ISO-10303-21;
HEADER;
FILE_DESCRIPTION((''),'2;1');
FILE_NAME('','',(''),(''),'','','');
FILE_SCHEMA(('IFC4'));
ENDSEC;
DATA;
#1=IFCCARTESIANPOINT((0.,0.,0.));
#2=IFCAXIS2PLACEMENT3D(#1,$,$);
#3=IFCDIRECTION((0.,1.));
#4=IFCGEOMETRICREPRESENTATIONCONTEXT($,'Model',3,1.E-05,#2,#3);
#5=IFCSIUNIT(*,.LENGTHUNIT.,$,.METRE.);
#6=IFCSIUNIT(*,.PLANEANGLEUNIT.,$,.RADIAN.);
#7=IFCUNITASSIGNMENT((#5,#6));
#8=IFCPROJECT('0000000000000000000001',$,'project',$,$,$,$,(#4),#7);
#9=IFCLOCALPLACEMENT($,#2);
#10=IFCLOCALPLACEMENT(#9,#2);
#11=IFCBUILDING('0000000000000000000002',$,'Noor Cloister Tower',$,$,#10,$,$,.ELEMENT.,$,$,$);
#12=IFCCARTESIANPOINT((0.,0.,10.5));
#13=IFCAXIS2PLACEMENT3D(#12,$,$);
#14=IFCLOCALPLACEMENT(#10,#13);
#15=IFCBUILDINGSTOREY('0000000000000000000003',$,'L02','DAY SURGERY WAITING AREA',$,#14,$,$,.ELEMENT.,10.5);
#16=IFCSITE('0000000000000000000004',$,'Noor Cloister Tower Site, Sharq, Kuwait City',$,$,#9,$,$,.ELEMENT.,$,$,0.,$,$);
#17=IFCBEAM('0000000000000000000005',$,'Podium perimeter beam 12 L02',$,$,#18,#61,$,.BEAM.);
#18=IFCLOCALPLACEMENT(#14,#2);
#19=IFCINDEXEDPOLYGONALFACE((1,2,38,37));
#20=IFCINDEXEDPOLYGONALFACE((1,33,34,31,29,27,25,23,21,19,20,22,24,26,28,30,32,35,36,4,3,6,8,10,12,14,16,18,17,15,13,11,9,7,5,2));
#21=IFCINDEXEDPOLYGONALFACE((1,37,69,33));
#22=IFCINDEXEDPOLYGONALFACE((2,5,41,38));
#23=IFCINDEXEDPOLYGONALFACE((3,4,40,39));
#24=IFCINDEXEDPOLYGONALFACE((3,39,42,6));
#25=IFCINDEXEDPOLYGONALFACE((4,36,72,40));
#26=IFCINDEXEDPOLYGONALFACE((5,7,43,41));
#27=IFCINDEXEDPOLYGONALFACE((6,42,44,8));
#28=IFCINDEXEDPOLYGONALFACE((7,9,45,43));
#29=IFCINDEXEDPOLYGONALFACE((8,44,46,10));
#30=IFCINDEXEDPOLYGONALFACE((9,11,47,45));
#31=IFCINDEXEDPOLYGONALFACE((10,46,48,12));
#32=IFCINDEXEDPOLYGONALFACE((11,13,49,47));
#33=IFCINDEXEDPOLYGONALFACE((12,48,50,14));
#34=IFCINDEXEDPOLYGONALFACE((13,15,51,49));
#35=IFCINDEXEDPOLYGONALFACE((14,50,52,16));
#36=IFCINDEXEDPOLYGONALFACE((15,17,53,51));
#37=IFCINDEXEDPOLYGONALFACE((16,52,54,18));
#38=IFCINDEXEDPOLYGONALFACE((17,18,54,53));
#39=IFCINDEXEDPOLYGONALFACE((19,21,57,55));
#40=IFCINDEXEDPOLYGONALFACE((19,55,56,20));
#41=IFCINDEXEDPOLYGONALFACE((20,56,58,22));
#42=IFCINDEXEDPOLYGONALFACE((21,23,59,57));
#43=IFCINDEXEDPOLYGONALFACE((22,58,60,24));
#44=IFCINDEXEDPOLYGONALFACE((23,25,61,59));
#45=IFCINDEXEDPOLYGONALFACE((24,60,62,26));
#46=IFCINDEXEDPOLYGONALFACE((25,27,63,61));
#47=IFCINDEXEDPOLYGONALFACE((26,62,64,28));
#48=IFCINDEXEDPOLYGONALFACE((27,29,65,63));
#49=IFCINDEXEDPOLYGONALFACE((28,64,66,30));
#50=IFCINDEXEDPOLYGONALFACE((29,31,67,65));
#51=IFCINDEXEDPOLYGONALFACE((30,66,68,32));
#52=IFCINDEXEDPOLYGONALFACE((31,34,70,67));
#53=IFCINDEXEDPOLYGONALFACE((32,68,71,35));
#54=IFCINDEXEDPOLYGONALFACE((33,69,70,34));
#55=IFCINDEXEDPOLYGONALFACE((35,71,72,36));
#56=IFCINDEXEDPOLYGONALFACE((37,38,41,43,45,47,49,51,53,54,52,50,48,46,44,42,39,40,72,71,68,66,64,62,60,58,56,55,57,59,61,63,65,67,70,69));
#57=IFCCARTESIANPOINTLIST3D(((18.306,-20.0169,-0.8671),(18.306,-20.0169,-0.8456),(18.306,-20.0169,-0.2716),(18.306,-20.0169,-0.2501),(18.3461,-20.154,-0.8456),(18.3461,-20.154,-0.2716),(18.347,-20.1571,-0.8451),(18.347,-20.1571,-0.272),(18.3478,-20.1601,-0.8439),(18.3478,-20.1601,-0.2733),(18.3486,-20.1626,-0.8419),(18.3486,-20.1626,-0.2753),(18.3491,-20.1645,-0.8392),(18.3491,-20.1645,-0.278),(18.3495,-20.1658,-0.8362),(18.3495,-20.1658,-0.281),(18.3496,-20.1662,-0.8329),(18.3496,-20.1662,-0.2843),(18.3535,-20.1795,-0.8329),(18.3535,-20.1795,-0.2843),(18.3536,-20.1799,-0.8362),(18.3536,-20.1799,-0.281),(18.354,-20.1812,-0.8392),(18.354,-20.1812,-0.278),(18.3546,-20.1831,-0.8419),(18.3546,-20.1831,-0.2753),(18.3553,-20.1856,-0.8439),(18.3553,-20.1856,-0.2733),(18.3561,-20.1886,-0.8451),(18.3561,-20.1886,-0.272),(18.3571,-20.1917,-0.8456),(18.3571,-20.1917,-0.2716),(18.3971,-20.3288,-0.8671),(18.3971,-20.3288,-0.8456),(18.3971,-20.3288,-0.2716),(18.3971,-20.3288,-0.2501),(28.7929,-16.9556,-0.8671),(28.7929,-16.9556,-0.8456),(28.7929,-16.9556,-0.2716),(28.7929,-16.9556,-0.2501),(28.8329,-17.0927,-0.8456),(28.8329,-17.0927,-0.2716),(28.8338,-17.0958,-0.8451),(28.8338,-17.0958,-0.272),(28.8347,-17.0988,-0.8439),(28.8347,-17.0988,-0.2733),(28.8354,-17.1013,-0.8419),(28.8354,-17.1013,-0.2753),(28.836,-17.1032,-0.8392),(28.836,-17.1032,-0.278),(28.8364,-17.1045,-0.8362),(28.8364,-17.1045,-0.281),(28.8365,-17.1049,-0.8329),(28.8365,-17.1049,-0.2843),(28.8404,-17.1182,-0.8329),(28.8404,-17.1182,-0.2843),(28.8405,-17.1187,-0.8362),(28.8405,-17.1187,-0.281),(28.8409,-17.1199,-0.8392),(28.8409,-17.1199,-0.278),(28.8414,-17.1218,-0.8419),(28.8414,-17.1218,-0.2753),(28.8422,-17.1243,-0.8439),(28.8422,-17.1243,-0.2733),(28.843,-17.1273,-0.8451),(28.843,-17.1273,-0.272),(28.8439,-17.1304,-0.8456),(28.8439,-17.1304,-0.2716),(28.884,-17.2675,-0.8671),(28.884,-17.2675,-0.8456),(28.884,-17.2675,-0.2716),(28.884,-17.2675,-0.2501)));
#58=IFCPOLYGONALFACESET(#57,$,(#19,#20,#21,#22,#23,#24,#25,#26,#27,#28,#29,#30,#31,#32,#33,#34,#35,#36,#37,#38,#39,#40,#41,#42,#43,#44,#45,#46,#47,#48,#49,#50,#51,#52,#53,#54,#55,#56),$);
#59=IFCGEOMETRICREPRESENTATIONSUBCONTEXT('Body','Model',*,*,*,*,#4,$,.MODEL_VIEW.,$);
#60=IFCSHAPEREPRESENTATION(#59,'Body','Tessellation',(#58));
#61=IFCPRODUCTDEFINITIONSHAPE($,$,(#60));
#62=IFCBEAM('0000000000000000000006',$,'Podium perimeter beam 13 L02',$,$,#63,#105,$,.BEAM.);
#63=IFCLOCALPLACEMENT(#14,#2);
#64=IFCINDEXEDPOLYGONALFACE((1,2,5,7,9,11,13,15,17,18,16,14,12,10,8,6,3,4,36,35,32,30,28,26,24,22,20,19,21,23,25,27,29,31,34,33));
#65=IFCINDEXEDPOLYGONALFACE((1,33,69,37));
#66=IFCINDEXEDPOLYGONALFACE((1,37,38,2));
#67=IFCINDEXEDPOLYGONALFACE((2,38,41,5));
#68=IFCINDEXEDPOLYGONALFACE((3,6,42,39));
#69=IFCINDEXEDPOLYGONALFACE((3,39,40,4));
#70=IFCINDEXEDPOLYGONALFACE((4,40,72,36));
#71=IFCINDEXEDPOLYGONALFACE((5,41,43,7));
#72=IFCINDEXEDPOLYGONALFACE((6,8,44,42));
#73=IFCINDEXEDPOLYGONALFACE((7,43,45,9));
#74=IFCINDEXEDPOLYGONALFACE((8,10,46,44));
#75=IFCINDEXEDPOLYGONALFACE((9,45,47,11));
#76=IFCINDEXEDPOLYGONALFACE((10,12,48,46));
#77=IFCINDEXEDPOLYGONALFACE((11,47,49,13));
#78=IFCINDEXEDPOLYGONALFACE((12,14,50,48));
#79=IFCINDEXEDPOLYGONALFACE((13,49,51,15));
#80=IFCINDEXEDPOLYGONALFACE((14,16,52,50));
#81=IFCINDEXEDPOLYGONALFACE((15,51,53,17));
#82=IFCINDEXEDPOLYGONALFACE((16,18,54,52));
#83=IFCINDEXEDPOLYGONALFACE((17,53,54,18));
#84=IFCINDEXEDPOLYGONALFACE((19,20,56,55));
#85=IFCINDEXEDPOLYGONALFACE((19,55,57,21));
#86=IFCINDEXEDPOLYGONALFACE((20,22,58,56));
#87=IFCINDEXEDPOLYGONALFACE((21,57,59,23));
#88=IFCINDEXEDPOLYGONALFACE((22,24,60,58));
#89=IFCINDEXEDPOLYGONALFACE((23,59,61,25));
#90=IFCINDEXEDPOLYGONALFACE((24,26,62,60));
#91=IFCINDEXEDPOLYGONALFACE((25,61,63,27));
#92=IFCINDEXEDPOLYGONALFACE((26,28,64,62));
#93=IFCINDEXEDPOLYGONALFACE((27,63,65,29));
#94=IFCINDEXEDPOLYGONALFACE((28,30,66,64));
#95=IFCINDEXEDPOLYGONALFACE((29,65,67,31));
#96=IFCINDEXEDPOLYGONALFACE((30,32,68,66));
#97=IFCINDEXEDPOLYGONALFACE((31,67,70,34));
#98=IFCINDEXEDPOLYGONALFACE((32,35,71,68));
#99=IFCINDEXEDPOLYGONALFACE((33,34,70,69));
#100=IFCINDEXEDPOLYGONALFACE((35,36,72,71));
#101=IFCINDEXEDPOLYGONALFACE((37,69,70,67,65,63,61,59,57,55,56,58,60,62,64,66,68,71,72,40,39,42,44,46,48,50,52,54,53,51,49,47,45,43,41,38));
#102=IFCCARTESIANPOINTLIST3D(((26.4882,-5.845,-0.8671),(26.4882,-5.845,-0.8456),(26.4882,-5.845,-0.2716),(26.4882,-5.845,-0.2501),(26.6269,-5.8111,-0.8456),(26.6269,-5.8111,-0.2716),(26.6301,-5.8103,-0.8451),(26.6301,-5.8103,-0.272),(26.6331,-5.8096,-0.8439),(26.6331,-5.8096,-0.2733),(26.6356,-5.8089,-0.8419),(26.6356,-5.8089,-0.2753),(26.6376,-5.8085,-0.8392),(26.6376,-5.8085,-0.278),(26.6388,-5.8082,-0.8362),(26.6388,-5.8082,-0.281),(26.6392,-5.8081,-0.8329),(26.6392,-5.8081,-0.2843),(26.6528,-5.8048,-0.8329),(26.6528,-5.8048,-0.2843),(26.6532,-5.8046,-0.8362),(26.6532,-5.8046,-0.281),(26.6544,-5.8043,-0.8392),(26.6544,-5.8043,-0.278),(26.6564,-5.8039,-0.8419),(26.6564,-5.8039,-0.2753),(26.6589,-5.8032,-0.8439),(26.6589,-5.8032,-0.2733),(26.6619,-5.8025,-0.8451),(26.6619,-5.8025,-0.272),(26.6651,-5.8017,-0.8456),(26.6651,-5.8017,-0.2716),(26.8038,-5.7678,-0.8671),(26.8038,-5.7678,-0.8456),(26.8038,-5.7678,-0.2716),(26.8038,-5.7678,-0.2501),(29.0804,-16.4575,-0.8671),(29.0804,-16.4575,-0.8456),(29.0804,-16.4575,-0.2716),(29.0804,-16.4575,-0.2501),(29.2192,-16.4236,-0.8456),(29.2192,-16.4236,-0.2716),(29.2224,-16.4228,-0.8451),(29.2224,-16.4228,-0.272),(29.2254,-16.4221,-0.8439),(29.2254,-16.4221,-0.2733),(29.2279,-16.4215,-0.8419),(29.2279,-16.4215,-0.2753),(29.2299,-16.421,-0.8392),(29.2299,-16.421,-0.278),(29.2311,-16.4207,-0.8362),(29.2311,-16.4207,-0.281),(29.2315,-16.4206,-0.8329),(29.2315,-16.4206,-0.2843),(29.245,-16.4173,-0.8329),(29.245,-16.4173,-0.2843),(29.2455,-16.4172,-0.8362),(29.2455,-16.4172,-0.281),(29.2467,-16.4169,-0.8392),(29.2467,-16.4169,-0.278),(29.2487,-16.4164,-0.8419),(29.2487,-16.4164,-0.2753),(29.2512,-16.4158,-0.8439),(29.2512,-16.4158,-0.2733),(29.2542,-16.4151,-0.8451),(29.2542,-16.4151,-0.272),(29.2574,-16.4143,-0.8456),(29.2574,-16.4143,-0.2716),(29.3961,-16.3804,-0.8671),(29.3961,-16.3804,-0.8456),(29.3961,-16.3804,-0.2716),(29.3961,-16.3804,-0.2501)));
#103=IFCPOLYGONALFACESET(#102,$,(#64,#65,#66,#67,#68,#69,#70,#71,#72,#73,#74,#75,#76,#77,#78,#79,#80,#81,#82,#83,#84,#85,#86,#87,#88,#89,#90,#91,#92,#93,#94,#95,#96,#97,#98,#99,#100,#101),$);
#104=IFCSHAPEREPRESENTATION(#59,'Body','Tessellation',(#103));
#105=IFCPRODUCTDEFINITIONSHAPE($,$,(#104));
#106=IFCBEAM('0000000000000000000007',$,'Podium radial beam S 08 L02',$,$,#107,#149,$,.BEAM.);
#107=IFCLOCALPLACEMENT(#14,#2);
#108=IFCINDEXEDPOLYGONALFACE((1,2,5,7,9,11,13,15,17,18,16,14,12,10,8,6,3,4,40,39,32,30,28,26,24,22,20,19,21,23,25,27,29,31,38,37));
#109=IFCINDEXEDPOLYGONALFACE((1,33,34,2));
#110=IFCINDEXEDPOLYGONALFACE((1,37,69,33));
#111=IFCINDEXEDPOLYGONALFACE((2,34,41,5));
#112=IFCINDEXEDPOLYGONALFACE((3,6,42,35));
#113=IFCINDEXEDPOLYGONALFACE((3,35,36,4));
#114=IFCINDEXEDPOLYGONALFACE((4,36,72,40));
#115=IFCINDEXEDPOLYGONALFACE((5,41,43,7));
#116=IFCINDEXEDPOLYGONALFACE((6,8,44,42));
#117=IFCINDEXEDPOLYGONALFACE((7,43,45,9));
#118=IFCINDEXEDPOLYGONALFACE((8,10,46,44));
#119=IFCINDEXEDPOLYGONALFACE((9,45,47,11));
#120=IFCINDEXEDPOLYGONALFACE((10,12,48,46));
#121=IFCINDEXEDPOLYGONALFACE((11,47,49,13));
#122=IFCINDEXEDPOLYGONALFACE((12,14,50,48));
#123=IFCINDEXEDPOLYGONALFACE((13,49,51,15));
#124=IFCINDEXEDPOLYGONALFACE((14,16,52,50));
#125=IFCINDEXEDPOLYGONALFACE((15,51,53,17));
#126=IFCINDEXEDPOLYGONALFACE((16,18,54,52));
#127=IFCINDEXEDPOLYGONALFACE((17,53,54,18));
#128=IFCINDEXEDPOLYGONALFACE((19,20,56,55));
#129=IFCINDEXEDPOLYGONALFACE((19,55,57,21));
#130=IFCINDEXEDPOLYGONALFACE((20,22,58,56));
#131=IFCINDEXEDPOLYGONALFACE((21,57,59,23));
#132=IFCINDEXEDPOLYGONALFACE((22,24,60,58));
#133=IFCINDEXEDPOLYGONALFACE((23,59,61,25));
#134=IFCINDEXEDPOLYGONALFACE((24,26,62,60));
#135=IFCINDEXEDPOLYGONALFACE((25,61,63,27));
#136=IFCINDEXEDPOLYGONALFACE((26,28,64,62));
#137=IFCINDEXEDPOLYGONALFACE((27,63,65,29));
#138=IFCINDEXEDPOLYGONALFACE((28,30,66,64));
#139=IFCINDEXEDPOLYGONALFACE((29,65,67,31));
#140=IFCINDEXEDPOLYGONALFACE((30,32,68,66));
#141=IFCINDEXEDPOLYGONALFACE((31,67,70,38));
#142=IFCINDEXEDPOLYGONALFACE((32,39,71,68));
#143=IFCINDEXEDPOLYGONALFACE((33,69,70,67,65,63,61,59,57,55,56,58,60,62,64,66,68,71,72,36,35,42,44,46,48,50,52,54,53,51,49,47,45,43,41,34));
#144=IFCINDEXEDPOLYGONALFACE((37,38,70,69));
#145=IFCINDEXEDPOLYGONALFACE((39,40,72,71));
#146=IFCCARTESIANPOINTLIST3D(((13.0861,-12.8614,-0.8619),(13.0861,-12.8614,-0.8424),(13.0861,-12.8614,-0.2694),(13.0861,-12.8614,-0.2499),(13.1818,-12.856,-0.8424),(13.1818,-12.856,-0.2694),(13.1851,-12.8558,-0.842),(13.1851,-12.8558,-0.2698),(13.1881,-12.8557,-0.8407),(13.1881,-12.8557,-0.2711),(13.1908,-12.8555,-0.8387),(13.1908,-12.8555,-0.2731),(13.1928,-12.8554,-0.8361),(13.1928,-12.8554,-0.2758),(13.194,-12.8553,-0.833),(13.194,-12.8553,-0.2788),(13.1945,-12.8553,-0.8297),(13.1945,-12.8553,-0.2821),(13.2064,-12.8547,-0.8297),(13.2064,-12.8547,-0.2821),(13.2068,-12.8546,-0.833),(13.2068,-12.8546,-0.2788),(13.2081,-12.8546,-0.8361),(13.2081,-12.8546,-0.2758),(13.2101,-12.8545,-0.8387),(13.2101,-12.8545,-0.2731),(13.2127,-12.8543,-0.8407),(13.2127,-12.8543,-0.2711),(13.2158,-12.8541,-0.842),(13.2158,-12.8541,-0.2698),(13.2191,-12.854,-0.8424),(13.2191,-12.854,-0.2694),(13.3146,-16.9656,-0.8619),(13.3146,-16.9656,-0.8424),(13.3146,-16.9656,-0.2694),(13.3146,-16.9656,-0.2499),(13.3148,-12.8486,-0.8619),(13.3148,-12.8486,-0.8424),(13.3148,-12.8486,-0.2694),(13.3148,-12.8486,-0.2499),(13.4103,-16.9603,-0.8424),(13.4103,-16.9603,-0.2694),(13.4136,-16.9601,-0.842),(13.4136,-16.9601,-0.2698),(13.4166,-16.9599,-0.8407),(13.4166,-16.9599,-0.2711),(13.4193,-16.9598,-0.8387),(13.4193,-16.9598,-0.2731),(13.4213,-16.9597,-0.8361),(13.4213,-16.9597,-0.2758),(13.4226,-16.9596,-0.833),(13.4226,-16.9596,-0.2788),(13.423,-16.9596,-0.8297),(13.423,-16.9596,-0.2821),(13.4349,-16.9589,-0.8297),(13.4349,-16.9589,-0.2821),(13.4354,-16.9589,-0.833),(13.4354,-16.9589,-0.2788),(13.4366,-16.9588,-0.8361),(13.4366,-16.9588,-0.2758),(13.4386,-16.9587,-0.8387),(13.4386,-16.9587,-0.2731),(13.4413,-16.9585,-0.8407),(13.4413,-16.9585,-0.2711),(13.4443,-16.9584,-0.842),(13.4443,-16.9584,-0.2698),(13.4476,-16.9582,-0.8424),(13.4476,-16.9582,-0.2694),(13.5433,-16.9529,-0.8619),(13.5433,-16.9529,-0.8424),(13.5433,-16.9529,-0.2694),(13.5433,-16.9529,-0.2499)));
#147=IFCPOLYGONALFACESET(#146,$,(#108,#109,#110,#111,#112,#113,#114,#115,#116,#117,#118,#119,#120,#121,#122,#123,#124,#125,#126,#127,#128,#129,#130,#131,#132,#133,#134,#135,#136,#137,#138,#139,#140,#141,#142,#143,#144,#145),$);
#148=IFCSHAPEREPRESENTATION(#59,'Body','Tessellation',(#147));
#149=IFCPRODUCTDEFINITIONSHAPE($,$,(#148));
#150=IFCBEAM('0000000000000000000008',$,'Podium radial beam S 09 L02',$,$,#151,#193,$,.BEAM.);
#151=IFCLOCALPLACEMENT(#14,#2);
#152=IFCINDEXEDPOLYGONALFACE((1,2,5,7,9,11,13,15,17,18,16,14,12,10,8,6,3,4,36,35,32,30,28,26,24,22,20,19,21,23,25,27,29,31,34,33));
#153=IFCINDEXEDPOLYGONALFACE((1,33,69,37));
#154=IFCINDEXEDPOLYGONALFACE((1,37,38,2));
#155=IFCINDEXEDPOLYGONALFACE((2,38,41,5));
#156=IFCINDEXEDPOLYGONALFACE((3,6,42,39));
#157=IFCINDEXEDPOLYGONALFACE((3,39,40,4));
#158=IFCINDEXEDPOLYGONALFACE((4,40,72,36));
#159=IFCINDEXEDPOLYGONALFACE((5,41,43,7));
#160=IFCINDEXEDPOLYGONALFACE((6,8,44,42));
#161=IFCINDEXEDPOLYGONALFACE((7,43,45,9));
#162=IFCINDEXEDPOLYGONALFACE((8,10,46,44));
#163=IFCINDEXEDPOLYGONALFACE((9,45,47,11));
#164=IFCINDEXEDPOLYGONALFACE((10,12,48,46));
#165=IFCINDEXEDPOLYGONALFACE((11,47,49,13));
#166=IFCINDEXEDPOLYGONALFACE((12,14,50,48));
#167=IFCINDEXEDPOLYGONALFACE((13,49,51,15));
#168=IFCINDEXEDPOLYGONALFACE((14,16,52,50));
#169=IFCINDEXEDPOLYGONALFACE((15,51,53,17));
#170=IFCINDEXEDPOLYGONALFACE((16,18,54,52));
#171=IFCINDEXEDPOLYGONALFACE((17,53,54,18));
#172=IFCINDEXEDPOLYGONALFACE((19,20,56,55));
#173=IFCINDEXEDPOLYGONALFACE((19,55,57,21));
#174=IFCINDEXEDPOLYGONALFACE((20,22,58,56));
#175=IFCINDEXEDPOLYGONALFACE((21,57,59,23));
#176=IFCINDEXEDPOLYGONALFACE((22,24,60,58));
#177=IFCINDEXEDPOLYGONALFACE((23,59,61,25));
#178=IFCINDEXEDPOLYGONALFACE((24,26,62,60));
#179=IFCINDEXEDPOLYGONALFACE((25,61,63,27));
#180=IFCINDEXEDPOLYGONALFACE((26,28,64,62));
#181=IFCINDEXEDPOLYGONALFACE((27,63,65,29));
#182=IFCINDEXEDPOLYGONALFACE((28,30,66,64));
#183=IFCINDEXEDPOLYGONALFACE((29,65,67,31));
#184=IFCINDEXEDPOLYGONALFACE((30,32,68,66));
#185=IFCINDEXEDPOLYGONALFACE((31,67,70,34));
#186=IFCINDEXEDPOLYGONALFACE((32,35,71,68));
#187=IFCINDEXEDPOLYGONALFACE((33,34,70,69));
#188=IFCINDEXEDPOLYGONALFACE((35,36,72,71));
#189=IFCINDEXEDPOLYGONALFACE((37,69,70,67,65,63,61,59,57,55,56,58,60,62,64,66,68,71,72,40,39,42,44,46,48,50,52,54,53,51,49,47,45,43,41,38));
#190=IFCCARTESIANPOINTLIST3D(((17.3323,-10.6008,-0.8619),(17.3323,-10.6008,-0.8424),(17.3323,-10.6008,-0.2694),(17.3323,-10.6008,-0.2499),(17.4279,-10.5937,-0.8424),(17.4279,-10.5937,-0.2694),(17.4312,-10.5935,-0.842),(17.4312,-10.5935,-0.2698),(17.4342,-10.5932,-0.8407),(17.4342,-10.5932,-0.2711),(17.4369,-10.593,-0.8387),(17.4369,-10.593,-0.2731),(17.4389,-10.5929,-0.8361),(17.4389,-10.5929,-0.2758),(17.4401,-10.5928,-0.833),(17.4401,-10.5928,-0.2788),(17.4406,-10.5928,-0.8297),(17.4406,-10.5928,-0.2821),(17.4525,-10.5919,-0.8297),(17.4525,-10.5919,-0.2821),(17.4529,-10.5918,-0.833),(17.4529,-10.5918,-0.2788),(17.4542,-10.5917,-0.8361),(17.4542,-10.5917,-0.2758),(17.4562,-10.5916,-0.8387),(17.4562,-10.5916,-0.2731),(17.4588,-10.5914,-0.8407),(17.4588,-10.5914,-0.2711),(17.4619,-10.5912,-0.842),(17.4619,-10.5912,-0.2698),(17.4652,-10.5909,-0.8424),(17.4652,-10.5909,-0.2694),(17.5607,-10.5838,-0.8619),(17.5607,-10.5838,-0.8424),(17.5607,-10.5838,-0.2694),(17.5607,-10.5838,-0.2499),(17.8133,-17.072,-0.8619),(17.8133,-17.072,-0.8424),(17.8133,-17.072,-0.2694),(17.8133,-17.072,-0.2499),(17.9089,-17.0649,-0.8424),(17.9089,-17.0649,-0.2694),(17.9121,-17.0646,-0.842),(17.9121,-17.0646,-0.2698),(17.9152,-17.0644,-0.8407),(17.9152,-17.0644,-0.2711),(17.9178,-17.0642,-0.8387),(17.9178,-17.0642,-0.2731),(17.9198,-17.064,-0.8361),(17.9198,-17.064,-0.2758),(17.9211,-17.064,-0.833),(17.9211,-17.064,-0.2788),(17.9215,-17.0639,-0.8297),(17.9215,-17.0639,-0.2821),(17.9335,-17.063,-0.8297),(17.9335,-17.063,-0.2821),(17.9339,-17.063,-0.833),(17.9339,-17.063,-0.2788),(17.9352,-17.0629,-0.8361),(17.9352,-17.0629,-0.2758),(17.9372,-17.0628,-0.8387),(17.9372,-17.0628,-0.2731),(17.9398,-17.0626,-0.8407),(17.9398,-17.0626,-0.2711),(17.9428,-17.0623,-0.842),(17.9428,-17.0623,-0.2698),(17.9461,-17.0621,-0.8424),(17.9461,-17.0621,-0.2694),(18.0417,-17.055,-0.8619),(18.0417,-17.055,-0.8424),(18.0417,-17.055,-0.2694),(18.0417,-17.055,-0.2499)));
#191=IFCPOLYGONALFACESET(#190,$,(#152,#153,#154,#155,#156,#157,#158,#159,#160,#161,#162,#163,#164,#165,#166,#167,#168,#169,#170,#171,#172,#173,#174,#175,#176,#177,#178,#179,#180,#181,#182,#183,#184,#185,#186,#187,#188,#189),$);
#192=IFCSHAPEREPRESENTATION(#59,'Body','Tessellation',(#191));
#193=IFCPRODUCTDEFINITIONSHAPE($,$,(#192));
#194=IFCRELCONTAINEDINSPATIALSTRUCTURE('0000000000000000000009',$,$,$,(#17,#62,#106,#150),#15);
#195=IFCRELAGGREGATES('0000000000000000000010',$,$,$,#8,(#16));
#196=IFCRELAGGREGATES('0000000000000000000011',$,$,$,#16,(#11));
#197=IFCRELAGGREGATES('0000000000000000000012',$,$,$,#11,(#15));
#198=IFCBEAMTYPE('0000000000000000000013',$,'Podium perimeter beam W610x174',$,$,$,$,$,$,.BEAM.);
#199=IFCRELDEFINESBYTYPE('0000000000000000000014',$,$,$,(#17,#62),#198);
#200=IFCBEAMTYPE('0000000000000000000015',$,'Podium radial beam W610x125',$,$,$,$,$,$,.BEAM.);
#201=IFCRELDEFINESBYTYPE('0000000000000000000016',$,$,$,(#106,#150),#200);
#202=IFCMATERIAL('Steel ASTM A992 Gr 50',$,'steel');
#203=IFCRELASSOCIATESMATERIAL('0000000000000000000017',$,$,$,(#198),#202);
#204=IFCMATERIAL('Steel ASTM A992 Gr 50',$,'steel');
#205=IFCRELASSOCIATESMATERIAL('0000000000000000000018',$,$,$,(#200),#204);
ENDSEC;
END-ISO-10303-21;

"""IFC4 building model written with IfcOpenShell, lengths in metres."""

from ifc_helpers import new_model, si_unit, direction, frame, origin, origin_2d, place, context, subcontext, project, spatial, i_section, extrude, material, material_profile, profile_set, type_object, element, save


model = new_model("IFC4")

# Units and contexts
model_context = context("Model", 3, precision=1e-05, world=origin(), true_north=direction((0.0, 1.0)))
body_context = subcontext(model_context, "Body", "Model", "MODEL_VIEW")
ifc_project = project(units=[si_unit("LENGTHUNIT", "METRE"), si_unit("PLANEANGLEUNIT", "RADIAN")], contexts=[model_context])

# Site, building, storey
site_placement = place(None, origin())
site = spatial("IfcSite", under=ifc_project, at=site_placement, Name="Noor Cloister Tower Site, Sharq, Kuwait City", CompositionType="ELEMENT", RefElevation=0.0)
building_placement = place(site_placement, origin())
building = spatial("IfcBuilding", under=site, at=building_placement, Name="Noor Cloister Tower", CompositionType="ELEMENT")
storey_placement = place(building_placement, frame((0.0, 0.0, 10.5)))
storey = spatial("IfcBuildingStorey", under=building, at=storey_placement, Name="L02", Description="DAY SURGERY WAITING AREA", CompositionType="ELEMENT", Elevation=10.5)

# Beams
ifc_material_1 = material(Name="Steel ASTM A992 Gr 50", Category="steel")
ifc_material_profile_1 = material_profile(ifc_material_1, i_section(OverallWidth=0.325, OverallDepth=0.6169, WebThickness=0.0139, FlangeThickness=0.0215, FilletRadius=0.0127, at=origin_2d()), Name="W610x174")
ifc_profile_set_1 = profile_set([ifc_material_profile_1], Name="Steel ASTM A992 Gr 50")
beam_type_1 = type_object("IfcBeamType", Name="Podium perimeter beam W610x174", PredefinedType="BEAM", material=ifc_profile_set_1)
for number, where, z_axis, x_axis, name in (
    (1, (18.3516, -20.1729, -0.5586), (0.959935, 0.280221, 0.0), (-0.280221, 0.959935, 0.0), "Podium perimeter beam 12 L02"),
    (2, (29.2383, -16.4189, -0.5586), (-0.23729, 0.971439, 0.0), (-0.971439, -0.23729, 0.0), "Podium perimeter beam 13 L02"),
):
    element("IfcBeam", number, at=place(storey_placement, frame(where, z_axis=z_axis, x_axis=x_axis)), inside=storey, type_object=beam_type_1, Name=name, PredefinedType="BEAM", context=body_context, shape_type="SweptSolid", body=[
        extrude(i_section(OverallWidth=0.325, OverallDepth=0.6169, WebThickness=0.0139, FlangeThickness=0.0215, FilletRadius=0.0127, at=origin_2d()), origin(), (0.0, 0.0, 1.0), 10.9246),
    ])
ifc_material_2 = material(Name="Steel ASTM A992 Gr 50", Category="steel")
ifc_material_profile_2 = material_profile(ifc_material_2, i_section(OverallWidth=0.229, OverallDepth=0.6121, WebThickness=0.012, FlangeThickness=0.0195, FilletRadius=0.0127, at=origin_2d()), Name="W610x125")
ifc_profile_set_2 = profile_set([ifc_material_profile_2], Name="Steel ASTM A992 Gr 50")
beam_type_2 = type_object("IfcBeamType", Name="Podium radial beam W610x125", PredefinedType="BEAM", material=ifc_profile_set_2)
beam_1_placement = place(storey_placement, frame((13.429, -16.9592, -0.5559), z_axis=(-0.055592, 0.998454, 0.0), x_axis=(-0.998454, -0.055592, 0.0)))
element("IfcBeam", 3, at=beam_1_placement, inside=storey, type_object=beam_type_2, Name="Podium radial beam S 08 L02", PredefinedType="BEAM", context=body_context, shape_type="SweptSolid", body=[
    extrude(i_section(OverallWidth=0.229, OverallDepth=0.6121, WebThickness=0.012, FlangeThickness=0.0195, FilletRadius=0.0127, at=origin_2d()), origin(), (0.0, 0.0, 1.0), 4.1106),
])
beam_2_placement = place(storey_placement, frame((17.9275, -17.0635, -0.5559), z_axis=(-0.074118, 0.997249, 0.0), x_axis=(-0.997249, -0.074118, 0.0)))
element("IfcBeam", 4, at=beam_2_placement, inside=storey, type_object=beam_type_2, Name="Podium radial beam S 09 L02", PredefinedType="BEAM", context=body_context, shape_type="SweptSolid", body=[
    extrude(i_section(OverallWidth=0.229, OverallDepth=0.6121, WebThickness=0.012, FlangeThickness=0.0195, FilletRadius=0.0127, at=origin_2d()), origin(), (0.0, 0.0, 1.0), 6.489),
])

save(model, "model.ifc")
